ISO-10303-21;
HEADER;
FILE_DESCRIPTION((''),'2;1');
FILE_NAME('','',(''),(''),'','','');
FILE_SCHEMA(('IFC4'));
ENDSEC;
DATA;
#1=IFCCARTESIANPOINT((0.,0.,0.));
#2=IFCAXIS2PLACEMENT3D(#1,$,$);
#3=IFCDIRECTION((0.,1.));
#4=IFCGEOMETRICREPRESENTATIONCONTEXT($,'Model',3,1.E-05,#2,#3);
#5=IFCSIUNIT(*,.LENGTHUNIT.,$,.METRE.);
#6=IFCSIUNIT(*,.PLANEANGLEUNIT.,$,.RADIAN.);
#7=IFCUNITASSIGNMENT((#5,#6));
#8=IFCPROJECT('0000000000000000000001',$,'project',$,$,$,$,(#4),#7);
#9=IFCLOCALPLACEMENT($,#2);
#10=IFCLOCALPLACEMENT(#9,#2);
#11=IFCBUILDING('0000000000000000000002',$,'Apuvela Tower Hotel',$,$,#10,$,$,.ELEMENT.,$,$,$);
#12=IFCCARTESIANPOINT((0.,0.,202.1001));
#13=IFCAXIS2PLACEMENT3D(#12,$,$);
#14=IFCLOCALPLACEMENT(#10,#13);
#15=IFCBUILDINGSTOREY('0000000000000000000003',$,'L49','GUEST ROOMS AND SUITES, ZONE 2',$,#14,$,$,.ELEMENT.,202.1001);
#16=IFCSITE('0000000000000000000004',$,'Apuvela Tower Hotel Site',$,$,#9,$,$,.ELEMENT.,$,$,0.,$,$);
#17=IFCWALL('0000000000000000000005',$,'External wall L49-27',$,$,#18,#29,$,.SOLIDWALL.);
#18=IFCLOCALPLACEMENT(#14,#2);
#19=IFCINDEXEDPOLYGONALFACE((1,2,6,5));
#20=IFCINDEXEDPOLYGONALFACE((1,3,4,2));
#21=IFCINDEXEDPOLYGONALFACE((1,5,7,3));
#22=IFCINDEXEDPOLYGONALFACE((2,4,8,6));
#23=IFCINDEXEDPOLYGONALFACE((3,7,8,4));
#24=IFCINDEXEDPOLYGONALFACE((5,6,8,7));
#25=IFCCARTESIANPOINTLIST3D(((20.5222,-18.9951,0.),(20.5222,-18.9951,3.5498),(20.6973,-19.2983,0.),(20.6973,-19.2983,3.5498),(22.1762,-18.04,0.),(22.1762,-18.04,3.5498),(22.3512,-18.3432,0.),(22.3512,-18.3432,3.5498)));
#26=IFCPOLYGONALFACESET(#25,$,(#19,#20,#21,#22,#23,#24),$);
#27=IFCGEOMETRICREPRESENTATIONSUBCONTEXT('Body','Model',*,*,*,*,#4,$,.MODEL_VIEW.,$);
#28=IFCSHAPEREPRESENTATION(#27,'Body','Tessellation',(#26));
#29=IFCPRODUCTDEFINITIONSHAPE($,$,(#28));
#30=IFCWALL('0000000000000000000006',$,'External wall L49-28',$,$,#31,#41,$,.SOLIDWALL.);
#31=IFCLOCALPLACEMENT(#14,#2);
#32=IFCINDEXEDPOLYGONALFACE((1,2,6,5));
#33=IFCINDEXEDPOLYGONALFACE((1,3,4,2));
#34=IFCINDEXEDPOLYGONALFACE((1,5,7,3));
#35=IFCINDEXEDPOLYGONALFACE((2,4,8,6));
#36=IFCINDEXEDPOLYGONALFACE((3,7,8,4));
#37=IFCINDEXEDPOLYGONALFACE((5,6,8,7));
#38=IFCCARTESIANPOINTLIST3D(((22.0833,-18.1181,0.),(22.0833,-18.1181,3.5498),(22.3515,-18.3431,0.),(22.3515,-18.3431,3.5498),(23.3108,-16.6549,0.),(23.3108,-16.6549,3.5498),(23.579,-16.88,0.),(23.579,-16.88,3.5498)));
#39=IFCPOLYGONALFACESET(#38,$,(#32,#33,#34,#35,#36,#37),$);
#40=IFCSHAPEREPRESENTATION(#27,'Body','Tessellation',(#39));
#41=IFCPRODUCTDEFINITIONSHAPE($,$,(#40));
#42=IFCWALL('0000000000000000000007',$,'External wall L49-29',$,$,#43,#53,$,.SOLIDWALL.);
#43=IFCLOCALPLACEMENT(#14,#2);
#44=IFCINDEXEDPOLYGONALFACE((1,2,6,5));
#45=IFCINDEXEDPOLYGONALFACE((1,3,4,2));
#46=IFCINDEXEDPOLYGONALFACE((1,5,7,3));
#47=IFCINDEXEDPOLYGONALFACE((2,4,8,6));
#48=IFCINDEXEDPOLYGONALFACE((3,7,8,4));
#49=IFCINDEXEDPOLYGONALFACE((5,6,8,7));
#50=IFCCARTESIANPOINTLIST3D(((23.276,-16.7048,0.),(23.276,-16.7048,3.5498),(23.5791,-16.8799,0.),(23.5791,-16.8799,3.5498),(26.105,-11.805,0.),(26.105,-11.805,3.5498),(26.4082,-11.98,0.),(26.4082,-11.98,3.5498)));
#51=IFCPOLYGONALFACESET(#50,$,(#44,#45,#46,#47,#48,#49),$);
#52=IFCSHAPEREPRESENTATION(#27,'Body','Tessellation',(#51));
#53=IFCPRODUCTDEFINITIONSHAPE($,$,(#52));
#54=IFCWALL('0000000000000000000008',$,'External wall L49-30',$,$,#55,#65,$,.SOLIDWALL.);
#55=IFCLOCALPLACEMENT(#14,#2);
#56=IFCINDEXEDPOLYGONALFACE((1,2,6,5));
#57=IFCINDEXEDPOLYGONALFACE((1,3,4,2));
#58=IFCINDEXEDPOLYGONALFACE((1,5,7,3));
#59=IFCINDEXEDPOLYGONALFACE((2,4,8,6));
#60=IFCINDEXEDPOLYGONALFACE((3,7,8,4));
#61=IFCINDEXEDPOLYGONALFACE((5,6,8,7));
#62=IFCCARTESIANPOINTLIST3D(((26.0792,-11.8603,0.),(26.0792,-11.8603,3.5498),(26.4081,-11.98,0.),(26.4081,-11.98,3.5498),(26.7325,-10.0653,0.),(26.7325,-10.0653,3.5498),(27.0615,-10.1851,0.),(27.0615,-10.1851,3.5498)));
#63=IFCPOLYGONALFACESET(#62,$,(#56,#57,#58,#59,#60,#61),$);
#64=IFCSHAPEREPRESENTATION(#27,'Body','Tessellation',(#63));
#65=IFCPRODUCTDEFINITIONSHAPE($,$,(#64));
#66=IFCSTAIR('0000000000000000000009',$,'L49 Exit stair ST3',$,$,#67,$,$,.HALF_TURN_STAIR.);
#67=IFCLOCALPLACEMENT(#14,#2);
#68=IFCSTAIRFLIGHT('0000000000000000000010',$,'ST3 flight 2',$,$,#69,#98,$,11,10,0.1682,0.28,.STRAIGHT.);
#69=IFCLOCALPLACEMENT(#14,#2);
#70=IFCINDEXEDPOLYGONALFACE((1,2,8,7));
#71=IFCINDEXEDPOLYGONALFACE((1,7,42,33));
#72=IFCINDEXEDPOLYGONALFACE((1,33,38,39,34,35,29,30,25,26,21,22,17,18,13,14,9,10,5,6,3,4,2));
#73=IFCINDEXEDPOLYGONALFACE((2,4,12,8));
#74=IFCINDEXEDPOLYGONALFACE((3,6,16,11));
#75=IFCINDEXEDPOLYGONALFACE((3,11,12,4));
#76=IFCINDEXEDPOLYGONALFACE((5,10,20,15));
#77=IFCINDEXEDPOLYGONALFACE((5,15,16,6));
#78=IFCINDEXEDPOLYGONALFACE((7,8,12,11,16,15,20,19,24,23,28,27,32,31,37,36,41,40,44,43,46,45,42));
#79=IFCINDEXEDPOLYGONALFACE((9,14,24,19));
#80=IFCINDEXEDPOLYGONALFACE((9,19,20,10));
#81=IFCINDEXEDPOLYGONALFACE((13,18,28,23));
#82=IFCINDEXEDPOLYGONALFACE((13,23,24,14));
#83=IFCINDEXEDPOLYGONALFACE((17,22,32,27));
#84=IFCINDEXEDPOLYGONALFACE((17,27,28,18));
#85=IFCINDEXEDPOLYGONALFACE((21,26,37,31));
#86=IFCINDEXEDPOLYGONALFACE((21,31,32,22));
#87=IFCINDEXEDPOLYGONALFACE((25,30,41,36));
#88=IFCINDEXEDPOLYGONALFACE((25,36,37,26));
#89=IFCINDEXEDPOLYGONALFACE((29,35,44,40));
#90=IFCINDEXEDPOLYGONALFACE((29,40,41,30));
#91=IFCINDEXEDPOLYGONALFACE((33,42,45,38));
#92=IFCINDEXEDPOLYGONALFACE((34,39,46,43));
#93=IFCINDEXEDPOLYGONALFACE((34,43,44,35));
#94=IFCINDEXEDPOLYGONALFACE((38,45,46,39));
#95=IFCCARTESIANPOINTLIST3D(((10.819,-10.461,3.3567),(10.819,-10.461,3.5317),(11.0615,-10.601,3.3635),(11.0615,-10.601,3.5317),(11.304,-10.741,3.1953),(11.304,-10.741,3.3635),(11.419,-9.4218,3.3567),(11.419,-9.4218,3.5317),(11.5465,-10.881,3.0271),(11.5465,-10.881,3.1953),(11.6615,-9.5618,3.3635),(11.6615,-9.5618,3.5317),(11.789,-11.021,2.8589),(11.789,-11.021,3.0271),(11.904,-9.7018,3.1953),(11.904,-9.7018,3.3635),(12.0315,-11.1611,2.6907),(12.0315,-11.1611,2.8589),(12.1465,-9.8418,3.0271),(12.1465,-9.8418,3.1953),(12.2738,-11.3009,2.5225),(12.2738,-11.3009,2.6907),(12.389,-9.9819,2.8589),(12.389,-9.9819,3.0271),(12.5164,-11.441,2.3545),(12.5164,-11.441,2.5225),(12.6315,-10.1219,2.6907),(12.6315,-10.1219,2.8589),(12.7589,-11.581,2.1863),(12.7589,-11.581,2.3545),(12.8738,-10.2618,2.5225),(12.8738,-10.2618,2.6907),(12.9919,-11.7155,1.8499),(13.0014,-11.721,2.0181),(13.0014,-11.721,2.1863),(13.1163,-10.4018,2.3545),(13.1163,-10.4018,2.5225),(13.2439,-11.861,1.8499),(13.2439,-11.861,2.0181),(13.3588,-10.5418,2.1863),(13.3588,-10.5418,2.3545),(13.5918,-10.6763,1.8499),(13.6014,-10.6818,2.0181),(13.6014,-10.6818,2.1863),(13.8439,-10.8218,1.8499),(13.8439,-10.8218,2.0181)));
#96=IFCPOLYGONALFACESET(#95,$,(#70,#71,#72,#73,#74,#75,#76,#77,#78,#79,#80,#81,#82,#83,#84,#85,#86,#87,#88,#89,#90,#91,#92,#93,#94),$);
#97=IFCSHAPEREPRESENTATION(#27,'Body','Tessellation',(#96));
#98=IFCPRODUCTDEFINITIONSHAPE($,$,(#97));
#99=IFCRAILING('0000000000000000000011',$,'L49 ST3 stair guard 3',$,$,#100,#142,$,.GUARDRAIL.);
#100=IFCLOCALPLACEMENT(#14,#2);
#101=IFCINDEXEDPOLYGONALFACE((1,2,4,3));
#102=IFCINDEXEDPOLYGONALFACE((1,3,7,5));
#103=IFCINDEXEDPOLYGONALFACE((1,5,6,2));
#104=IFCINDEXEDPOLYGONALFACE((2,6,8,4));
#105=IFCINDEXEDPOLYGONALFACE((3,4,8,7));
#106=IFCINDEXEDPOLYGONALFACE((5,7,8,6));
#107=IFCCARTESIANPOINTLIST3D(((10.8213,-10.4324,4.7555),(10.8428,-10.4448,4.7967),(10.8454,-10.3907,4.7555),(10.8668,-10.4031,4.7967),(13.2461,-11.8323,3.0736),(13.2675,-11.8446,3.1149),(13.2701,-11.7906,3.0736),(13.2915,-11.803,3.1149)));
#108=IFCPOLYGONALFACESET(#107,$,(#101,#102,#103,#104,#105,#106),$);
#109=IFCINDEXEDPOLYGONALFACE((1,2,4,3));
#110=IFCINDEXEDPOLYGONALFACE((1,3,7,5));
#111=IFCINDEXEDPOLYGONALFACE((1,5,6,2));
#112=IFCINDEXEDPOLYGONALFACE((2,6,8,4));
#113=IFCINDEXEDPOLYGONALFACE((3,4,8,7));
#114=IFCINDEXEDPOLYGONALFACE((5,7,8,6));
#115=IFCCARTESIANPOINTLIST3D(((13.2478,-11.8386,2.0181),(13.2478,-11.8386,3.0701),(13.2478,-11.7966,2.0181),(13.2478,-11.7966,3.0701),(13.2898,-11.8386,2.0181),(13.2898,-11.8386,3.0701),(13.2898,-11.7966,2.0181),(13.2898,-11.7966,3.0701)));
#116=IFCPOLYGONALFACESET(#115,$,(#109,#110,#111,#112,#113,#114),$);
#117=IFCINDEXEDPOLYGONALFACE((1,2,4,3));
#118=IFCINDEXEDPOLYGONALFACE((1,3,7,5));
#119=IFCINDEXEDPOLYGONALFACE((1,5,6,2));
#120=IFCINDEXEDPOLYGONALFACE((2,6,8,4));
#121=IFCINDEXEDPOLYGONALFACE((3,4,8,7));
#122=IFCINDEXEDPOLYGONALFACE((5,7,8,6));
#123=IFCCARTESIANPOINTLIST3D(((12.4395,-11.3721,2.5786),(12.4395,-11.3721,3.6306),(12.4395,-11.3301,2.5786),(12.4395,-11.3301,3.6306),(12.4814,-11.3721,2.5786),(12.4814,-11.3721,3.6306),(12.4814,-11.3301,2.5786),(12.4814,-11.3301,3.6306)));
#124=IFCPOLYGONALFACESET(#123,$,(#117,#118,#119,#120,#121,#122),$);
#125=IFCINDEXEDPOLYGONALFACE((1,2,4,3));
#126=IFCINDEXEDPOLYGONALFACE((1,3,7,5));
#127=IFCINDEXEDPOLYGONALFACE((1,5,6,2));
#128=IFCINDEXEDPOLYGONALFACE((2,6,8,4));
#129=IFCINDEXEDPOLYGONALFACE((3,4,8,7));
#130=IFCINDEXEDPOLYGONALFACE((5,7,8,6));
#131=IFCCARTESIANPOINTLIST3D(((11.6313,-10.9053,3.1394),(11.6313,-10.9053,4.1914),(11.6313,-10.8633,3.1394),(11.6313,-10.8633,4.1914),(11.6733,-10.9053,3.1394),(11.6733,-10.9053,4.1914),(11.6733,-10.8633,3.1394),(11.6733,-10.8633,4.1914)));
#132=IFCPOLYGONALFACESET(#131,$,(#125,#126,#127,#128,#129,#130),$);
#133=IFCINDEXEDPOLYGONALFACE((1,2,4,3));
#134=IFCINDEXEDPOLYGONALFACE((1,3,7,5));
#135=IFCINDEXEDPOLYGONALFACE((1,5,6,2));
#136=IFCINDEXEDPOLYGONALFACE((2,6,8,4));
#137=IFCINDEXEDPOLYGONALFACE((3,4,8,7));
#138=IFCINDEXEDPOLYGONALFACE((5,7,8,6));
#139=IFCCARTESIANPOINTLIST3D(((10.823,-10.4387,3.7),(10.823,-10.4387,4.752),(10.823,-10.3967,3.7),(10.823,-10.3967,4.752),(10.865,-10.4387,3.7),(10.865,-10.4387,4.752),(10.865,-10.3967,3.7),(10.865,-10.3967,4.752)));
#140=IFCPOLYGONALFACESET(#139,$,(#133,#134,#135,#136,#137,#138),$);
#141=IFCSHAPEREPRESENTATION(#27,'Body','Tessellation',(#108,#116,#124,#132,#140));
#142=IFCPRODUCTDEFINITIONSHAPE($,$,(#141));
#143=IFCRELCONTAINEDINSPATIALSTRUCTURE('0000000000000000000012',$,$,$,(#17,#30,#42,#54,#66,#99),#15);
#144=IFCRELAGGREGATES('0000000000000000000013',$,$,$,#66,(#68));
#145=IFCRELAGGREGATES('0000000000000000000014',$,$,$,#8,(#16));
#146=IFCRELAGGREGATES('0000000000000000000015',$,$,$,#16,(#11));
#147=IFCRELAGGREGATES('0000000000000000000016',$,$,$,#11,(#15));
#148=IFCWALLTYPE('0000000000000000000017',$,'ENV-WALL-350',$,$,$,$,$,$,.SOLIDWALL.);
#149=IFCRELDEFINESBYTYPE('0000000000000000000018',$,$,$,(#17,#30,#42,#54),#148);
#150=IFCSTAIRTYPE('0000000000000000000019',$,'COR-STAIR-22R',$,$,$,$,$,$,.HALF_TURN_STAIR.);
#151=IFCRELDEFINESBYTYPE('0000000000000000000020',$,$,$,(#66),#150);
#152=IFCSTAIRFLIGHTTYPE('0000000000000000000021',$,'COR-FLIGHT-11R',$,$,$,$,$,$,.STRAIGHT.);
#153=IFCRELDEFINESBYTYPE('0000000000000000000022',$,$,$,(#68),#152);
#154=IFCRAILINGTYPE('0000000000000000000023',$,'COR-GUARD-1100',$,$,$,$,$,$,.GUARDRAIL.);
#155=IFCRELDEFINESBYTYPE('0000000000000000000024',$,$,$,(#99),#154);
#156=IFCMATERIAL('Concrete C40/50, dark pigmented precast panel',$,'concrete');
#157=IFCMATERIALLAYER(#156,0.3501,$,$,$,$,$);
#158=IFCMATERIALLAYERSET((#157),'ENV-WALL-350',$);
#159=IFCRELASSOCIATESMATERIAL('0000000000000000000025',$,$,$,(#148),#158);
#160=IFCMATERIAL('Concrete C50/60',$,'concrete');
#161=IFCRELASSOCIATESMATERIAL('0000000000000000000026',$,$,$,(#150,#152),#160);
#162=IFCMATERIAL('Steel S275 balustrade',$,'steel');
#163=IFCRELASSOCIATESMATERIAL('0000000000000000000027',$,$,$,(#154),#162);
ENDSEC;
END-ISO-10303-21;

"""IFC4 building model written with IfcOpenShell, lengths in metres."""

from ifc_helpers import new_model, si_unit, direction, frame, frame_2d, origin, origin_2d, place, context, subcontext, project, spatial, polyline, rectangle, outline, extrude, material, layer, layer_set, type_object, element, aggregate, save


model = new_model("IFC4")

# Units and contexts
model_context = context("Model", 3, precision=1e-05, world=origin(), true_north=direction((0.0, 1.0)))
body_context = subcontext(model_context, "Body", "Model", "MODEL_VIEW")
ifc_project = project(units=[si_unit("LENGTHUNIT", "METRE"), si_unit("PLANEANGLEUNIT", "RADIAN")], contexts=[model_context])

# Site, building, storey
site_placement = place(None, origin())
site = spatial("IfcSite", under=ifc_project, at=site_placement, Name="Apuvela Tower Hotel Site", CompositionType="ELEMENT", RefElevation=0.0)
building_placement = place(site_placement, origin())
building = spatial("IfcBuilding", under=site, at=building_placement, Name="Apuvela Tower Hotel", CompositionType="ELEMENT")
storey_placement = place(building_placement, frame((0.0, 0.0, 202.1001)))
storey = spatial("IfcBuildingStorey", under=building, at=storey_placement, Name="L49", Description="GUEST ROOMS AND SUITES, ZONE 2", CompositionType="ELEMENT", Elevation=202.1001)

# Shared definitions
ifc_material_1 = material(Name="Concrete C50/60", Category="concrete")

# Shared definitions
ifc_material_2 = material(Name="Concrete C40/50, dark pigmented precast panel", Category="concrete")
ifc_layer_1 = layer(ifc_material_2, 0.3501)
ifc_layer_set_1 = layer_set([ifc_layer_1], Name="ENV-WALL-350")
wall_type_1 = type_object("IfcWallType", Name="ENV-WALL-350", PredefinedType="SOLIDWALL", material=ifc_layer_set_1)

# Walls
for number, where, z_axis, x_axis, name in (
    (1, (20.6096, -19.1467, 0.0), (0.0, 0.0, 1.0), (0.866, 0.500043, 0.0), "External wall L49-27"),
    (2, (22.2173, -18.2307, 0.0), (0.0, 0.0, 1.0), (0.642733, 0.76609, 0.0), "External wall L49-28"),
):
    element("IfcWall", number, at=place(storey_placement, frame(where, z_axis=z_axis, x_axis=x_axis)), inside=storey, type_object=wall_type_1, Name=name, PredefinedType="SOLIDWALL", context=body_context, shape_type="SweptSolid", body=[
        extrude(rectangle(XDim=1.9099, YDim=0.3501, at=frame_2d((0.9551, 0.0))), origin(), (0.0, 0.0, 1.0), 3.5498),
    ])
wall_1_placement = place(storey_placement, frame((23.4275, -16.7925, 0.0), z_axis=(0.0, 0.0, 1.0), x_axis=(0.500019, 0.866015, 0.0)))
element("IfcWall", 3, at=wall_1_placement, inside=storey, type_object=wall_type_1, Name="External wall L49-29", PredefinedType="SOLIDWALL", context=body_context, shape_type="SweptSolid", body=[
    extrude(rectangle(XDim=5.658, YDim=0.3501, at=frame_2d((2.8291, 0.0))), origin(), (0.0, 0.0, 1.0), 3.5498),
])
wall_2_placement = place(storey_placement, frame((26.2437, -11.9202, 0.0), z_axis=(0.0, 0.0, 1.0), x_axis=(0.34203, 0.939689, 0.0)))
element("IfcWall", 4, at=wall_2_placement, inside=storey, type_object=wall_type_1, Name="External wall L49-30", PredefinedType="SOLIDWALL", context=body_context, shape_type="SweptSolid", body=[
    extrude(rectangle(XDim=1.9102, YDim=0.3501, at=frame_2d((0.9551, 0.0))), origin(), (0.0, 0.0, 1.0), 3.5498),
])

# Stair, stair flight
stair_type = type_object("IfcStairType", Name="COR-STAIR-22R", PredefinedType="HALF_TURN_STAIR", material=ifc_material_1)
stair_placement = place(storey_placement, origin())
stair = element("IfcStair", 5, at=stair_placement, inside=storey, type_object=stair_type, Name="L49 Exit stair ST3", PredefinedType="HALF_TURN_STAIR")
stair_flight_type = type_object("IfcStairFlightType", Name="COR-FLIGHT-11R", PredefinedType="STRAIGHT", material=ifc_material_1)
stair_flight_placement = place(storey_placement, frame((13.5439, -11.3413, 1.8499), z_axis=(0.0, 0.0, 1.0), x_axis=(-0.866025, 0.5, 0.0)))
stair_flight = element("IfcStairFlight", 6, at=stair_flight_placement, type_object=stair_flight_type, Name="ST3 flight 2", NumberOfRisers=11, NumberOfTreads=10, PredefinedType="STRAIGHT", RiserHeight=0.1682, TreadLength=0.28, context=body_context, shape_type="SweptSolid", body=[
    extrude(outline(polyline([(0.0, 0.0), (0.0, 0.1682), (0.28, 0.1682), (0.28, 0.3364), (0.5601, 0.3364), (0.5601, 0.5046), (0.8401, 0.5046), (0.8401, 0.6726), (1.1201, 0.6726), (1.1201, 0.8408), (1.3999, 0.8408), (1.3999, 1.009), (1.6799, 1.009), (1.6799, 1.1772), (1.96, 1.1772), (1.96, 1.3455), (2.24, 1.3455), (2.24, 1.5137), (2.52, 1.5137), (2.52, 1.6819), (2.8, 1.6819), (2.8, 1.8501), (2.8, 1.5068), (0.291, 0.0), (0.0, 0.0)])), frame((0.0, 0.6001, 0.0), z_axis=(0.0, -1.0, 0.0), x_axis=(1.0, 0.0, 0.0)), (0.0, 0.0, 1.0), 1.2),
])
aggregate(stair, [stair_flight])

# Railing
ifc_material_3 = material(Name="Steel S275 balustrade", Category="steel")
railing_type = type_object("IfcRailingType", Name="COR-GUARD-1100", PredefinedType="GUARDRAIL", material=ifc_material_3)
railing_placement = place(storey_placement, frame((13.2688, -11.8176, 2.0181)))
element("IfcRailing", 7, at=railing_placement, inside=storey, type_object=railing_type, Name="L49 ST3 stair guard 3", PredefinedType="GUARDRAIL", context=body_context, shape_type="SweptSolid", body=[
    extrude(rectangle(XDim=0.0481, YDim=0.0481, at=origin_2d()), frame((0.0, 0.0, 1.0762), z_axis=(-0.74239, 0.428601, 0.514934), x_axis=(-0.499984, -0.866035, 0.0)), (0.0, 0.0, 1.0), 3.2661),
    extrude(rectangle(XDim=0.042, YDim=0.042, at=origin_2d()), origin(), (0.0, 0.0, 1.0), 1.052),
    extrude(rectangle(XDim=0.042, YDim=0.042, at=origin_2d()), frame((-0.8083, 0.4666, 0.5605)), (0.0, 0.0, 1.0), 1.052),
    extrude(rectangle(XDim=0.042, YDim=0.042, at=origin_2d()), frame((-1.6165, 0.9333, 1.1213)), (0.0, 0.0, 1.0), 1.052),
    extrude(rectangle(XDim=0.042, YDim=0.042, at=origin_2d()), frame((-2.4248, 1.3999, 1.6819)), (0.0, 0.0, 1.0), 1.052),
])

save(model, "model.ifc")
